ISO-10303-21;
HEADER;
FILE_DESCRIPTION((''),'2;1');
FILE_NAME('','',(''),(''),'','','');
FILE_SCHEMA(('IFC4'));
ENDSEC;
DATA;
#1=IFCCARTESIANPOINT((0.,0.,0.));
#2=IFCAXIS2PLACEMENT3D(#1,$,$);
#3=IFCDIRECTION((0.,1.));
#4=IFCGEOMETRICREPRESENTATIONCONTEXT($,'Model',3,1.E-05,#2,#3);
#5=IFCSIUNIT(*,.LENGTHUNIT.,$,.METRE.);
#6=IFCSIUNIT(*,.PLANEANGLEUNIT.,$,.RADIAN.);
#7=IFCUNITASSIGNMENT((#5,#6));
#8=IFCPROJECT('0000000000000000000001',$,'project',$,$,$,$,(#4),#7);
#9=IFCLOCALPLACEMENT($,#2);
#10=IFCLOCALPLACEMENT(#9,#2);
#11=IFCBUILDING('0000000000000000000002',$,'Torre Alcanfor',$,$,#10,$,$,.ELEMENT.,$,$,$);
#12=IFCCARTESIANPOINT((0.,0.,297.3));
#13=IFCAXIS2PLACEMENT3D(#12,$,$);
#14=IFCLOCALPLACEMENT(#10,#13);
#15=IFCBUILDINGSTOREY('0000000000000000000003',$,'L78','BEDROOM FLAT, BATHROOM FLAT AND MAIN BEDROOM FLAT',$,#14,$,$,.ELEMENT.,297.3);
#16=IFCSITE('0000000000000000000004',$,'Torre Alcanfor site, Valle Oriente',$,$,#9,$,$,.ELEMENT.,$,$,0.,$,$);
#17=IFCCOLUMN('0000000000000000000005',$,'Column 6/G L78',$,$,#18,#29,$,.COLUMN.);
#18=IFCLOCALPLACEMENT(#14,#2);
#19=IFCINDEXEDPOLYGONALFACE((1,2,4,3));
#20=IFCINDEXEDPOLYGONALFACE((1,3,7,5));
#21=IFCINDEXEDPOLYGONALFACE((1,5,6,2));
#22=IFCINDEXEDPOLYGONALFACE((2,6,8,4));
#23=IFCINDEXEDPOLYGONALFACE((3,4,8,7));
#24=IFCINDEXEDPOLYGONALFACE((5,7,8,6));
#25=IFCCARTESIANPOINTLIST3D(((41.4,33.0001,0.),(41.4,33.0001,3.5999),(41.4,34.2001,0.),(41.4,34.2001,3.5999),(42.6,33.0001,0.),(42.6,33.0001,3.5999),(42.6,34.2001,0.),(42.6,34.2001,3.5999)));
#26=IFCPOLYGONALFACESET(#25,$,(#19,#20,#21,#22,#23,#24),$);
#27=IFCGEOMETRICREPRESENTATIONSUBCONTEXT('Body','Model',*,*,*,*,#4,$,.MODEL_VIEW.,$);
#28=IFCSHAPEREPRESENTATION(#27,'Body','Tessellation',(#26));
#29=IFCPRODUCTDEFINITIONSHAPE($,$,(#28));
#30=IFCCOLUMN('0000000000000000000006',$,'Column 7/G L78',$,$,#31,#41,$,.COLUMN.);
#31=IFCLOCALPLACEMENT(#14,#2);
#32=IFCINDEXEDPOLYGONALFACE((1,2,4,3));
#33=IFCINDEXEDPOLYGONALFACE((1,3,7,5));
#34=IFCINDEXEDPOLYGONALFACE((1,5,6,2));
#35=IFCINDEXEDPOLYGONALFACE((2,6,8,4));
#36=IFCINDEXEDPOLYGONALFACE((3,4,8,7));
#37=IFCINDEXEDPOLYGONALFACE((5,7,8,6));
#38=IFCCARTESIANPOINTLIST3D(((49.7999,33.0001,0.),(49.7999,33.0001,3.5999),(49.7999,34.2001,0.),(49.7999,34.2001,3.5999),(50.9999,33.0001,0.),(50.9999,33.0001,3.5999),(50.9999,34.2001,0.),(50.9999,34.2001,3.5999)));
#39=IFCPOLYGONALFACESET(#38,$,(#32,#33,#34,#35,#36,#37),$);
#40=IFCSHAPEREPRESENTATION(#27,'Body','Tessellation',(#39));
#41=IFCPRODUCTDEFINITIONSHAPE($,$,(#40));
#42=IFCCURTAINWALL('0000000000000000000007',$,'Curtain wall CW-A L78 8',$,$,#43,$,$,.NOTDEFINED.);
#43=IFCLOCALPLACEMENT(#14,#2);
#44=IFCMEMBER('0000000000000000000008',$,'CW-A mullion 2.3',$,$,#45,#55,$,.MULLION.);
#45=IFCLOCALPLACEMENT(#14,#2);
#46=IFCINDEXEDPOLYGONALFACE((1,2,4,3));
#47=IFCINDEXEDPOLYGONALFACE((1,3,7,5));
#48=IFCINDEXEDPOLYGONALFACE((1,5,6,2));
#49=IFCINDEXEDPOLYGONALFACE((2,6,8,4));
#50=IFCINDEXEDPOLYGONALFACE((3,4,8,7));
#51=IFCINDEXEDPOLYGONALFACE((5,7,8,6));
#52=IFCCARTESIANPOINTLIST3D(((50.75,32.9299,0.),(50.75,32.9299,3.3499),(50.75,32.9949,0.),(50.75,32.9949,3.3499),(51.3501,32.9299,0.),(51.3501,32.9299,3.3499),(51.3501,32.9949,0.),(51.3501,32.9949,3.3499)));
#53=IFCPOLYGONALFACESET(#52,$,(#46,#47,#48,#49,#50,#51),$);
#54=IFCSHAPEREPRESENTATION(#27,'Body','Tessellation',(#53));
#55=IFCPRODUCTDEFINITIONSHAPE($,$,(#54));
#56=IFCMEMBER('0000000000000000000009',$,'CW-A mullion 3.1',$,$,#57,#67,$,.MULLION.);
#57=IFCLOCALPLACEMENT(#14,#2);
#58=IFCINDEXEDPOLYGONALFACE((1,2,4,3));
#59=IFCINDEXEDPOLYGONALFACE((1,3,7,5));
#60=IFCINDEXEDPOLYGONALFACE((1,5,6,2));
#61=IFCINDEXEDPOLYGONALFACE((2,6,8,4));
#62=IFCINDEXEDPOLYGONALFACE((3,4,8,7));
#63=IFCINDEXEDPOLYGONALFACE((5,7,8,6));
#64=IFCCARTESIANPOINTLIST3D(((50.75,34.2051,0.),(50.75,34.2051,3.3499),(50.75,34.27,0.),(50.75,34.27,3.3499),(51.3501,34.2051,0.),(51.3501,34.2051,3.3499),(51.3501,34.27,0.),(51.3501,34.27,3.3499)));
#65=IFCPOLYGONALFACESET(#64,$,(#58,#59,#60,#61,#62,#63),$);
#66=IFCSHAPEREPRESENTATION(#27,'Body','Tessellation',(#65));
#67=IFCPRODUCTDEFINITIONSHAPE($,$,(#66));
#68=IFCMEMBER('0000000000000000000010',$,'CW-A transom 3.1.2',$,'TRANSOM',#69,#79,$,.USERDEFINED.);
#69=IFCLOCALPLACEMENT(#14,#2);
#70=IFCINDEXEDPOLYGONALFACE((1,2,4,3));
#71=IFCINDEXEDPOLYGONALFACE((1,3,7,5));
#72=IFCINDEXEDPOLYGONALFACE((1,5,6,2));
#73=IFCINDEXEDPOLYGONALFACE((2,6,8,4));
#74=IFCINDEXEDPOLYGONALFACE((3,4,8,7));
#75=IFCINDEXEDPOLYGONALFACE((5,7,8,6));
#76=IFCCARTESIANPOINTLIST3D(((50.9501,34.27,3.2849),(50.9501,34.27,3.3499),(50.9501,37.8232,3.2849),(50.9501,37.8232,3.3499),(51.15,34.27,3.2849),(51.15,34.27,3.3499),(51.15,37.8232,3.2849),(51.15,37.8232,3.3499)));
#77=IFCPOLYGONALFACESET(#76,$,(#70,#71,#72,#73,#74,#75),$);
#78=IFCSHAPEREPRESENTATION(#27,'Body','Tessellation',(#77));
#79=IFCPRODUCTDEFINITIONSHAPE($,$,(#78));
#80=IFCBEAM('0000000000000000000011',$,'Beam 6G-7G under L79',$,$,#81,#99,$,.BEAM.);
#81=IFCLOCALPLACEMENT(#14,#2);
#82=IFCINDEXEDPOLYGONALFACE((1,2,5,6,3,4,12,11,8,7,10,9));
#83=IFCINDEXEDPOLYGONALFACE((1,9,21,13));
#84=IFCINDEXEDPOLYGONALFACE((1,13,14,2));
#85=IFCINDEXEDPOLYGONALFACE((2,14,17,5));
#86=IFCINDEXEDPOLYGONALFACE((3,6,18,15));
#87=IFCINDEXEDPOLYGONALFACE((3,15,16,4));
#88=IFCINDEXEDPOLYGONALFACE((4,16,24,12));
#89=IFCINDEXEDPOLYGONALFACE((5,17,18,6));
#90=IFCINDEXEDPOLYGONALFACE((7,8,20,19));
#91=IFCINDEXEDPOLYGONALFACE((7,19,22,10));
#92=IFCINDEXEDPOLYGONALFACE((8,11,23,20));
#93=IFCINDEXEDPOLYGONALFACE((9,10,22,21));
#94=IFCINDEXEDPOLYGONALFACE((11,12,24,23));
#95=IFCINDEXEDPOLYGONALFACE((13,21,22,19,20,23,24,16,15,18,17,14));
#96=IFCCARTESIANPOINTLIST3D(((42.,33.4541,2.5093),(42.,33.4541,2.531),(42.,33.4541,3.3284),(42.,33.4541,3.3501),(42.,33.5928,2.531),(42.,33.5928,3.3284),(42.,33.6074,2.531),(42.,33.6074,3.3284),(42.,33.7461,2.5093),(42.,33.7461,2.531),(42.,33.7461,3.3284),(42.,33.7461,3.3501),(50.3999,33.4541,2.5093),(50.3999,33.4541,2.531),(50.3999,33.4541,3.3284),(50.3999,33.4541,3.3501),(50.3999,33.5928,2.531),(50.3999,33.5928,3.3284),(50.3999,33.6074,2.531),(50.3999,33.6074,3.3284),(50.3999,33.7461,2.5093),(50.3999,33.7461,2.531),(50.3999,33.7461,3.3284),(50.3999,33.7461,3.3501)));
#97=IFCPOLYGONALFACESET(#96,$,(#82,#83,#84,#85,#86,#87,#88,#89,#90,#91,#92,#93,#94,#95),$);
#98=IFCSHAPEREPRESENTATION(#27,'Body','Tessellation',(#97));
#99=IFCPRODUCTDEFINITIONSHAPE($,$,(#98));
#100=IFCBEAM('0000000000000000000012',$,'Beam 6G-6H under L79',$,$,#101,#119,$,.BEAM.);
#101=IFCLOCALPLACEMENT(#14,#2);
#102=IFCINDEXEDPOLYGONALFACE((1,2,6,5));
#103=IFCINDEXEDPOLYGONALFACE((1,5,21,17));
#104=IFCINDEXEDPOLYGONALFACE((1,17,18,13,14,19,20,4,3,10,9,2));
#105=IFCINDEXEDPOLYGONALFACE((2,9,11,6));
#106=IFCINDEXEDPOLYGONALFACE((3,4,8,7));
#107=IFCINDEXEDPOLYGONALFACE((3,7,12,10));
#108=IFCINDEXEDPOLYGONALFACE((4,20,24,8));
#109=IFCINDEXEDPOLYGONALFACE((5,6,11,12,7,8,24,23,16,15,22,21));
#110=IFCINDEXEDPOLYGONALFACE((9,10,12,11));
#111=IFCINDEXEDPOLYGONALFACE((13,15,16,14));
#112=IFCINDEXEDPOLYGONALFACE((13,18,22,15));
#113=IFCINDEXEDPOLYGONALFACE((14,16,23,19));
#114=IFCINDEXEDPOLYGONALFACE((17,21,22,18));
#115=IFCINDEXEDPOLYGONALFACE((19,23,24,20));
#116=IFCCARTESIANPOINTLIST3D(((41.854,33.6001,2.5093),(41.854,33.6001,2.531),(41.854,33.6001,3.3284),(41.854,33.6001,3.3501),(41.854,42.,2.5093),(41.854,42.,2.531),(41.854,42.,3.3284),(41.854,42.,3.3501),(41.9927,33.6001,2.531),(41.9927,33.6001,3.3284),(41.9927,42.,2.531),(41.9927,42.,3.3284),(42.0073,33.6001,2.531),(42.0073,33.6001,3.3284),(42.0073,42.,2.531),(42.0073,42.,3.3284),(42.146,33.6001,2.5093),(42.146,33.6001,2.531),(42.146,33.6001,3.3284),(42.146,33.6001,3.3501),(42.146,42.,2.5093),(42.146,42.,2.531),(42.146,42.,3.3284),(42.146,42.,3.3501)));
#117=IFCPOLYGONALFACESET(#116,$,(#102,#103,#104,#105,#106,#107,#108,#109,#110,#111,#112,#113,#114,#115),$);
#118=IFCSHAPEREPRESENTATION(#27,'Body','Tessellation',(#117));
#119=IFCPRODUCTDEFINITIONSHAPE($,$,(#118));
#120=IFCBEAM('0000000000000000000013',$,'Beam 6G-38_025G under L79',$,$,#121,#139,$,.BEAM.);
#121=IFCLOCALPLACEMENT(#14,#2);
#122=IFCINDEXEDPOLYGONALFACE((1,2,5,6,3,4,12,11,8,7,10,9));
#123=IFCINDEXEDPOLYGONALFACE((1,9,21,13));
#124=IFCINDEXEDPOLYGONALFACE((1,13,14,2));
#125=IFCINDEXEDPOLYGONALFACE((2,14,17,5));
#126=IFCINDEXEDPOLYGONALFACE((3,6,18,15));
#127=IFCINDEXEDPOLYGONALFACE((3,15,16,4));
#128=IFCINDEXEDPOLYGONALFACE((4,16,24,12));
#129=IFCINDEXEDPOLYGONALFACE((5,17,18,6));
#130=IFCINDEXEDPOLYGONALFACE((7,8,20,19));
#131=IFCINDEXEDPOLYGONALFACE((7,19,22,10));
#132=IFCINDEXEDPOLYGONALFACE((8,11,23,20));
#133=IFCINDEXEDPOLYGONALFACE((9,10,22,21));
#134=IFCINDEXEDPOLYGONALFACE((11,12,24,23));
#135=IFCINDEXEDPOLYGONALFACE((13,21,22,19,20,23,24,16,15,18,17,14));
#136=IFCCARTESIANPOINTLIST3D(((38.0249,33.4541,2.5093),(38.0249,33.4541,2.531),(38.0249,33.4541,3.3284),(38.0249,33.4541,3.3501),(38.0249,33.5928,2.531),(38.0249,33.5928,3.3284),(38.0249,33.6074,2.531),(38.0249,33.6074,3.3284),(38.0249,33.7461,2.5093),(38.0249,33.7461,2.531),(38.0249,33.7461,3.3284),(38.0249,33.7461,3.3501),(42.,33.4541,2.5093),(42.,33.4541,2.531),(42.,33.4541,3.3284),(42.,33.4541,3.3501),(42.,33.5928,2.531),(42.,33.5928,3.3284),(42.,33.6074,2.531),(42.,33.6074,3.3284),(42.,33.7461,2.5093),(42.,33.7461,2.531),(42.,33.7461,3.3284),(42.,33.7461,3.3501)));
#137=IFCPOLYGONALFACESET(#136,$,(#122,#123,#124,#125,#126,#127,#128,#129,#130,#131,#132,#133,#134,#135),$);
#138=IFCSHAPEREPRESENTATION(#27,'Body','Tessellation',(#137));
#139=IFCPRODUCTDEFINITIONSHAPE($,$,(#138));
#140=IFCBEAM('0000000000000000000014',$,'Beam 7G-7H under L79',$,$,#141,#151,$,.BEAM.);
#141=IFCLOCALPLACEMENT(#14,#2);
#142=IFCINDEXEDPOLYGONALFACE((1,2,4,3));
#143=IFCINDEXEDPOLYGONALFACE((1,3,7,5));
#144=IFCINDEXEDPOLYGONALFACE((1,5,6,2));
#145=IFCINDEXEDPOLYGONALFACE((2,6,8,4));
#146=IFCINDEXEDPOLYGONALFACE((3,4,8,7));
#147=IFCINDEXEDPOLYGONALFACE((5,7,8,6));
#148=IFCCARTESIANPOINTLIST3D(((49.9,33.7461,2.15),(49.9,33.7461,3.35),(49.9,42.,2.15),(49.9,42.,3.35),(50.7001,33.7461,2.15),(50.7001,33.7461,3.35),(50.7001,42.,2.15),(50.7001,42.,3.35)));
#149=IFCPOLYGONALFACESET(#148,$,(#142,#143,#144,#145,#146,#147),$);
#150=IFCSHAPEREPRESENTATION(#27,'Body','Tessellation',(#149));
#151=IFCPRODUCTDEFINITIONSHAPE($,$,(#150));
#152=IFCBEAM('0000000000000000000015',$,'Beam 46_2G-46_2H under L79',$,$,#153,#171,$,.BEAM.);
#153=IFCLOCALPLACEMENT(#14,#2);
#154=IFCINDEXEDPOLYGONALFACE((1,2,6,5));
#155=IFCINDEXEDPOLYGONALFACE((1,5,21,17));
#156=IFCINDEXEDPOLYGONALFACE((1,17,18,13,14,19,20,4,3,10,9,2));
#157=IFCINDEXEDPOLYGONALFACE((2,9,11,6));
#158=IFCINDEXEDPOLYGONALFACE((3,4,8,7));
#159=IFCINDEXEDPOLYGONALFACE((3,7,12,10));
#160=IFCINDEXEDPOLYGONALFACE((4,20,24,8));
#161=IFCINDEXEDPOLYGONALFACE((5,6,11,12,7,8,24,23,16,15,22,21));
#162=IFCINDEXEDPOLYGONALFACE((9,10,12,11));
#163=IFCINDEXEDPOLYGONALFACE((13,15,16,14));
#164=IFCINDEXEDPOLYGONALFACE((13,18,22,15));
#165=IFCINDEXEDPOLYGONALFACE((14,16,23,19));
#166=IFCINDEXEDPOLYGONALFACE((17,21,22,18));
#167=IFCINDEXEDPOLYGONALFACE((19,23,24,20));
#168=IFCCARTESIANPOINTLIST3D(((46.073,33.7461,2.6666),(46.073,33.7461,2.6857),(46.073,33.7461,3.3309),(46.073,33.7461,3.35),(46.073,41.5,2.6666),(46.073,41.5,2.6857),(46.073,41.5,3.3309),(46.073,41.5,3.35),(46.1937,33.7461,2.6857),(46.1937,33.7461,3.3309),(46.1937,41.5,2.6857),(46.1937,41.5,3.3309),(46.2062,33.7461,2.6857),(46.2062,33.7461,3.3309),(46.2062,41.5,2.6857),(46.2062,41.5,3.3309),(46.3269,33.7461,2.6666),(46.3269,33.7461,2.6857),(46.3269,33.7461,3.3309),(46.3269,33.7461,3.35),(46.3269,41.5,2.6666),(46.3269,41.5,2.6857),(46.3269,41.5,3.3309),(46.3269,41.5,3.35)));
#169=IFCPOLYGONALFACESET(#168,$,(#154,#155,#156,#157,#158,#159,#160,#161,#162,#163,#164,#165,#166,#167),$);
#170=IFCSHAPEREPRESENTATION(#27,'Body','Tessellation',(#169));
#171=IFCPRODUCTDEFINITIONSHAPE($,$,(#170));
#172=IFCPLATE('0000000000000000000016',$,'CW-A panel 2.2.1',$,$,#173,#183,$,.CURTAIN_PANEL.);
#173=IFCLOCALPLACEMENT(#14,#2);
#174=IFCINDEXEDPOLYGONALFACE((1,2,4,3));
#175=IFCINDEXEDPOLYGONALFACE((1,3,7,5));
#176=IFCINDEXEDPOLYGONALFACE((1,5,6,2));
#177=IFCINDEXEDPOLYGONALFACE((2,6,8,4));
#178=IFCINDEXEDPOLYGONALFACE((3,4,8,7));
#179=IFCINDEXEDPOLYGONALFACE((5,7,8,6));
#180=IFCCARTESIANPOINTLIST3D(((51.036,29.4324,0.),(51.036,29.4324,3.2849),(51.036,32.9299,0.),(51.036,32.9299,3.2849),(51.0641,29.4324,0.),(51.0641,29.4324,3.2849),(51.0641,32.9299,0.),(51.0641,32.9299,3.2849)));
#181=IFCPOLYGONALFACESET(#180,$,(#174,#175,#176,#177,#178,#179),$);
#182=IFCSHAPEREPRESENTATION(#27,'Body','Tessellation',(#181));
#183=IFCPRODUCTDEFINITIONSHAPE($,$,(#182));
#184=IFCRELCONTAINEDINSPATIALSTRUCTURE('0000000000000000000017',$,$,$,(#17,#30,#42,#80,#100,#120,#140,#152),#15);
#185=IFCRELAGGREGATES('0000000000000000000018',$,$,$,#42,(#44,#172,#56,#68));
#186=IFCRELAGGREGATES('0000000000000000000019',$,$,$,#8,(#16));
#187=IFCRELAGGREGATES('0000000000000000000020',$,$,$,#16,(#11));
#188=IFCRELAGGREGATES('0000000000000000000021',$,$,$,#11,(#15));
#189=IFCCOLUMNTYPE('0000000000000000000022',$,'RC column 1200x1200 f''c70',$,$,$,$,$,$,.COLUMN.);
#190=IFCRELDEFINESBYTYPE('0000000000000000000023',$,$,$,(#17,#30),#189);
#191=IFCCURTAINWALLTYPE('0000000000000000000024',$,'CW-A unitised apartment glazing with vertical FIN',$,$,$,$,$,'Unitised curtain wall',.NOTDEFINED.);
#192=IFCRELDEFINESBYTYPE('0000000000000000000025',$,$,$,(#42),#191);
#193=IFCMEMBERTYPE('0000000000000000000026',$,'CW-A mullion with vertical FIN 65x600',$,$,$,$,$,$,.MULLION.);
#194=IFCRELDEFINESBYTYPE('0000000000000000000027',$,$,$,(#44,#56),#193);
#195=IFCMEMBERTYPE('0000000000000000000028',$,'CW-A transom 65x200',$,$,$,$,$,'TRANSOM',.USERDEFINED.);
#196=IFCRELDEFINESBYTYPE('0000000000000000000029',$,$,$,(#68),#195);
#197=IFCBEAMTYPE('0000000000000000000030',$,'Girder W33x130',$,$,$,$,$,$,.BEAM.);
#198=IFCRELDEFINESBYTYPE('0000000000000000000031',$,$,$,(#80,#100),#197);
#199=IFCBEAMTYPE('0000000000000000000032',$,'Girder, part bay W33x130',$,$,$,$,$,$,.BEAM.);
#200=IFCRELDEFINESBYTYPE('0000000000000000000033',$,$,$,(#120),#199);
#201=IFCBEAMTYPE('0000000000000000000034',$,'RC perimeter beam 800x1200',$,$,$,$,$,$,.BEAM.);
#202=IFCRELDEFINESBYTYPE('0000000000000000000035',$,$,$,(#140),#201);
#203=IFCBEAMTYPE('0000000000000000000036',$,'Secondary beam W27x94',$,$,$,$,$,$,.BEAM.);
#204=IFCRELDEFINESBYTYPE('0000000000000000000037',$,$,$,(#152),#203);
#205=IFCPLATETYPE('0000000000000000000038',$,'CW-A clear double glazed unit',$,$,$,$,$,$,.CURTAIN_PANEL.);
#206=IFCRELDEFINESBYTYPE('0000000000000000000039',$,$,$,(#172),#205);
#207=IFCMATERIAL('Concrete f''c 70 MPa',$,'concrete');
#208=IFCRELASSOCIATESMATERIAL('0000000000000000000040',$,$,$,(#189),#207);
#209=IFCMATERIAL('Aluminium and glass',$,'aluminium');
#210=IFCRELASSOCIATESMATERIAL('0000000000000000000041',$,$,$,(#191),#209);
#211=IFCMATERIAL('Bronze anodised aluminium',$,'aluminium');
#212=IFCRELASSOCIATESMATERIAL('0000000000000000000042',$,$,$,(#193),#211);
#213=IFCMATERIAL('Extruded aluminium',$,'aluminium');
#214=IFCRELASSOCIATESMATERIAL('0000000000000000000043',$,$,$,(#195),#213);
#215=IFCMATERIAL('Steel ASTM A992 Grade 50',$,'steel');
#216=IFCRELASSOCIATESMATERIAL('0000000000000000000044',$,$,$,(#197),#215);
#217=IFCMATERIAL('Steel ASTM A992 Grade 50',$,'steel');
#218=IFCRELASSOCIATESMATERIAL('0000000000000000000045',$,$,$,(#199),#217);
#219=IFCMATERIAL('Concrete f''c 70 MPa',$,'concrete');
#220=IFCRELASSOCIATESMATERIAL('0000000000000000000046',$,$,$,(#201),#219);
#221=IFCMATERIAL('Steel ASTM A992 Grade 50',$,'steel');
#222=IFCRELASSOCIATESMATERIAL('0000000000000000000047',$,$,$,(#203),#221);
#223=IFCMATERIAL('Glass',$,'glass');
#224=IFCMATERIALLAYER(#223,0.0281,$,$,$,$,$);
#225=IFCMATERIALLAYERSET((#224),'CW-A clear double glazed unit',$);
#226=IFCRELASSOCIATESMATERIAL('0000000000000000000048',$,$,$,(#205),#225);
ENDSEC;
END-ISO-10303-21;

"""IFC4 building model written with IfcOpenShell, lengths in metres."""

from ifc_helpers import new_model, si_unit, direction, frame, origin, origin_2d, place, context, subcontext, project, spatial, rectangle, i_section, extrude, material, layer, layer_set, material_profile, profile_set, type_object, element, aggregate, save


model = new_model("IFC4")

# Units and contexts
model_context = context("Model", 3, precision=1e-05, world=origin(), true_north=direction((0.0, 1.0)))
body_context = subcontext(model_context, "Body", "Model", "MODEL_VIEW")
ifc_project = project(units=[si_unit("LENGTHUNIT", "METRE"), si_unit("PLANEANGLEUNIT", "RADIAN")], contexts=[model_context])

# Site, building, storey
site_placement = place(None, origin())
site = spatial("IfcSite", under=ifc_project, at=site_placement, Name="Torre Alcanfor site, Valle Oriente", CompositionType="ELEMENT", RefElevation=0.0)
building_placement = place(site_placement, origin())
building = spatial("IfcBuilding", under=site, at=building_placement, Name="Torre Alcanfor", CompositionType="ELEMENT")
storey_placement = place(building_placement, frame((0.0, 0.0, 297.3)))
storey = spatial("IfcBuildingStorey", under=building, at=storey_placement, Name="L78", Description="BEDROOM FLAT, BATHROOM FLAT AND MAIN BEDROOM FLAT", CompositionType="ELEMENT", Elevation=297.3)

# Columns
ifc_material_1 = material(Name="Concrete f'c 70 MPa", Category="concrete")
ifc_material_profile_1 = material_profile(ifc_material_1, rectangle(XDim=1.2, YDim=1.2, at=origin_2d()), Name="1200x1200")
ifc_profile_set_1 = profile_set([ifc_material_profile_1], Name="Concrete f'c 70 MPa")
column_type = type_object("IfcColumnType", Name="RC column 1200x1200 f'c70", PredefinedType="COLUMN", material=ifc_profile_set_1)
for number, where, z_axis, x_axis, name in (
    (1, (42.0, 33.6001, 0.0), (0.0, 0.0, 1.0), (1.0, 0.0, 0.0), "Column 6/G L78"),
    (2, (50.3999, 33.6001, 0.0), (0.0, 0.0, 1.0), (1.0, 0.0, 0.0), "Column 7/G L78"),
):
    element("IfcColumn", number, at=place(storey_placement, frame(where, z_axis=z_axis, x_axis=x_axis)), inside=storey, type_object=column_type, Name=name, PredefinedType="COLUMN", context=body_context, shape_type="SweptSolid", body=[
        extrude(rectangle(XDim=1.2, YDim=1.2, at=origin_2d()), origin(), (0.0, 0.0, 1.0), 3.5999),
    ])

# Curtain wall, members
ifc_material_2 = material(Name="Aluminium and glass", Category="aluminium")
curtain_wall_type = type_object("IfcCurtainWallType", Name="CW-A unitised apartment glazing with vertical FIN", ElementType="Unitised curtain wall", PredefinedType="NOTDEFINED", material=ifc_material_2)
curtain_wall_placement = place(storey_placement, origin())
curtain_wall = element("IfcCurtainWall", 3, at=curtain_wall_placement, inside=storey, type_object=curtain_wall_type, Name="Curtain wall CW-A L78 8", PredefinedType="NOTDEFINED")
ifc_material_3 = material(Name="Bronze anodised aluminium", Category="aluminium")
ifc_material_profile_2 = material_profile(ifc_material_3, rectangle(XDim=0.6001, YDim=0.0649, at=origin_2d()), Name="CW-A mullion 65x600")
ifc_profile_set_2 = profile_set([ifc_material_profile_2], Name="Bronze anodised aluminium")
member_type_1 = type_object("IfcMemberType", Name="CW-A mullion with vertical FIN 65x600", PredefinedType="MULLION", material=ifc_profile_set_2)
member_1_placement = place(storey_placement, frame((51.05, 32.9624, 0.0), z_axis=(0.0, 0.0, 1.0), x_axis=(-1.0, 0.0, 0.0)))
member_1 = element("IfcMember", 4, at=member_1_placement, type_object=member_type_1, Name="CW-A mullion 2.3", PredefinedType="MULLION", context=body_context, shape_type="SweptSolid", body=[
    extrude(rectangle(XDim=0.6001, YDim=0.0649, at=origin_2d()), origin(), (0.0, 0.0, 1.0), 3.3499),
])
member_2_placement = place(storey_placement, frame((51.05, 34.2375, 0.0), z_axis=(0.0, 0.0, 1.0), x_axis=(-1.0, 0.0, 0.0)))
member_2 = element("IfcMember", 5, at=member_2_placement, type_object=member_type_1, Name="CW-A mullion 3.1", PredefinedType="MULLION", context=body_context, shape_type="SweptSolid", body=[
    extrude(rectangle(XDim=0.6001, YDim=0.0649, at=origin_2d()), origin(), (0.0, 0.0, 1.0), 3.3499),
])
ifc_material_4 = material(Name="Extruded aluminium", Category="aluminium")
ifc_material_profile_3 = material_profile(ifc_material_4, rectangle(XDim=0.2, YDim=0.0649, at=origin_2d()), Name="CW-A transom 200x65")
ifc_profile_set_3 = profile_set([ifc_material_profile_3], Name="Extruded aluminium")
member_type_2 = type_object("IfcMemberType", Name="CW-A transom 65x200", ElementType="TRANSOM", PredefinedType="USERDEFINED", material=ifc_profile_set_3)
member_3_placement = place(storey_placement, frame((51.05, 34.27, 3.3174), z_axis=(0.0, 1.0, 0.0), x_axis=(-1.0, 0.0, 0.0)))
member_3 = element("IfcMember", 6, at=member_3_placement, type_object=member_type_2, Name="CW-A transom 3.1.2", ObjectType="TRANSOM", PredefinedType="USERDEFINED", context=body_context, shape_type="SweptSolid", body=[
    extrude(rectangle(XDim=0.2, YDim=0.0649, at=origin_2d()), origin(), (0.0, 0.0, 1.0), 3.5532),
])

# Beams
ifc_material_5 = material(Name="Steel ASTM A992 Grade 50", Category="steel")
ifc_material_profile_4 = material_profile(ifc_material_5, i_section(OverallWidth=0.292, OverallDepth=0.8408, WebThickness=0.0146, FlangeThickness=0.0217, at=origin_2d()), Name="W33x130")
ifc_profile_set_4 = profile_set([ifc_material_profile_4], Name="Steel ASTM A992 Grade 50")
beam_type_1 = type_object("IfcBeamType", Name="Girder W33x130", PredefinedType="BEAM", material=ifc_profile_set_4)
for number, where, z_axis, x_axis, name in (
    (7, (42.0, 33.6001, 2.9297), (1.0, 0.0, 0.0), (0.0, 1.0, 0.0), "Beam 6G-7G under L79"),
    (8, (42.0, 33.6001, 2.9297), (0.0, 1.0, 0.0), (-1.0, 0.0, 0.0), "Beam 6G-6H under L79"),
):
    element("IfcBeam", number, at=place(storey_placement, frame(where, z_axis=z_axis, x_axis=x_axis)), inside=storey, type_object=beam_type_1, Name=name, PredefinedType="BEAM", context=body_context, shape_type="SweptSolid", body=[
        extrude(i_section(OverallWidth=0.292, OverallDepth=0.8408, WebThickness=0.0146, FlangeThickness=0.0217, at=origin_2d()), origin(), (0.0, 0.0, 1.0), 8.3999),
    ])
ifc_material_6 = material(Name="Steel ASTM A992 Grade 50", Category="steel")
ifc_material_profile_5 = material_profile(ifc_material_6, i_section(OverallWidth=0.292, OverallDepth=0.8408, WebThickness=0.0146, FlangeThickness=0.0217, at=origin_2d()), Name="W33x130")
ifc_profile_set_5 = profile_set([ifc_material_profile_5], Name="Steel ASTM A992 Grade 50")
beam_type_2 = type_object("IfcBeamType", Name="Girder, part bay W33x130", PredefinedType="BEAM", material=ifc_profile_set_5)
beam_1_placement = place(storey_placement, frame((42.0, 33.6001, 2.9297), z_axis=(-1.0, 0.0, 0.0), x_axis=(0.0, -1.0, 0.0)))
element("IfcBeam", 9, at=beam_1_placement, inside=storey, type_object=beam_type_2, Name="Beam 6G-38_025G under L79", PredefinedType="BEAM", context=body_context, shape_type="SweptSolid", body=[
    extrude(i_section(OverallWidth=0.292, OverallDepth=0.8408, WebThickness=0.0146, FlangeThickness=0.0217, at=origin_2d()), origin(), (0.0, 0.0, 1.0), 3.9751),
])
ifc_material_7 = material(Name="Concrete f'c 70 MPa", Category="concrete")
ifc_material_profile_6 = material_profile(ifc_material_7, rectangle(XDim=0.8, YDim=1.2, at=origin_2d()), Name="800x1200")
ifc_profile_set_6 = profile_set([ifc_material_profile_6], Name="Concrete f'c 70 MPa")
beam_type_3 = type_object("IfcBeamType", Name="RC perimeter beam 800x1200", PredefinedType="BEAM", material=ifc_profile_set_6)
beam_2_placement = place(storey_placement, frame((50.3, 33.7461, 2.75), z_axis=(0.0, 1.0, 0.0), x_axis=(-1.0, 0.0, 0.0)))
element("IfcBeam", 10, at=beam_2_placement, inside=storey, type_object=beam_type_3, Name="Beam 7G-7H under L79", PredefinedType="BEAM", context=body_context, shape_type="SweptSolid", body=[
    extrude(rectangle(XDim=0.8, YDim=1.2, at=origin_2d()), origin(), (0.0, 0.0, 1.0), 8.2539),
])
ifc_material_8 = material(Name="Steel ASTM A992 Grade 50", Category="steel")
ifc_material_profile_7 = material_profile(ifc_material_8, i_section(OverallWidth=0.2539, OverallDepth=0.6833, WebThickness=0.0125, FlangeThickness=0.019, at=origin_2d()), Name="W27x94")
ifc_profile_set_7 = profile_set([ifc_material_profile_7], Name="Steel ASTM A992 Grade 50")
beam_type_4 = type_object("IfcBeamType", Name="Secondary beam W27x94", PredefinedType="BEAM", material=ifc_profile_set_7)
beam_3_placement = place(storey_placement, frame((46.2, 33.7461, 3.0083), z_axis=(0.0, 1.0, 0.0), x_axis=(-1.0, 0.0, 0.0)))
element("IfcBeam", 11, at=beam_3_placement, inside=storey, type_object=beam_type_4, Name="Beam 46_2G-46_2H under L79", PredefinedType="BEAM", context=body_context, shape_type="SweptSolid", body=[
    extrude(i_section(OverallWidth=0.2539, OverallDepth=0.6833, WebThickness=0.0125, FlangeThickness=0.019, at=origin_2d()), origin(), (0.0, 0.0, 1.0), 7.7539),
])

# Plate
ifc_material_9 = material(Name="Glass", Category="glass")
ifc_layer_1 = layer(ifc_material_9, 0.0281)
ifc_layer_set_1 = layer_set([ifc_layer_1], Name="CW-A clear double glazed unit")
plate_type = type_object("IfcPlateType", Name="CW-A clear double glazed unit", PredefinedType="CURTAIN_PANEL", material=ifc_layer_set_1)
plate_placement = place(storey_placement, frame((51.05, 31.1812, 0.0), z_axis=(0.0, 0.0, 1.0), x_axis=(0.0, 1.0, 0.0)))
plate = element("IfcPlate", 12, at=plate_placement, type_object=plate_type, Name="CW-A panel 2.2.1", PredefinedType="CURTAIN_PANEL", context=body_context, shape_type="SweptSolid", body=[
    extrude(rectangle(XDim=3.4976, YDim=0.0281, at=origin_2d()), origin(), (0.0, 0.0, 1.0), 3.2849),
])
aggregate(curtain_wall, [member_1, plate, member_2, member_3])

save(model, "model.ifc")
